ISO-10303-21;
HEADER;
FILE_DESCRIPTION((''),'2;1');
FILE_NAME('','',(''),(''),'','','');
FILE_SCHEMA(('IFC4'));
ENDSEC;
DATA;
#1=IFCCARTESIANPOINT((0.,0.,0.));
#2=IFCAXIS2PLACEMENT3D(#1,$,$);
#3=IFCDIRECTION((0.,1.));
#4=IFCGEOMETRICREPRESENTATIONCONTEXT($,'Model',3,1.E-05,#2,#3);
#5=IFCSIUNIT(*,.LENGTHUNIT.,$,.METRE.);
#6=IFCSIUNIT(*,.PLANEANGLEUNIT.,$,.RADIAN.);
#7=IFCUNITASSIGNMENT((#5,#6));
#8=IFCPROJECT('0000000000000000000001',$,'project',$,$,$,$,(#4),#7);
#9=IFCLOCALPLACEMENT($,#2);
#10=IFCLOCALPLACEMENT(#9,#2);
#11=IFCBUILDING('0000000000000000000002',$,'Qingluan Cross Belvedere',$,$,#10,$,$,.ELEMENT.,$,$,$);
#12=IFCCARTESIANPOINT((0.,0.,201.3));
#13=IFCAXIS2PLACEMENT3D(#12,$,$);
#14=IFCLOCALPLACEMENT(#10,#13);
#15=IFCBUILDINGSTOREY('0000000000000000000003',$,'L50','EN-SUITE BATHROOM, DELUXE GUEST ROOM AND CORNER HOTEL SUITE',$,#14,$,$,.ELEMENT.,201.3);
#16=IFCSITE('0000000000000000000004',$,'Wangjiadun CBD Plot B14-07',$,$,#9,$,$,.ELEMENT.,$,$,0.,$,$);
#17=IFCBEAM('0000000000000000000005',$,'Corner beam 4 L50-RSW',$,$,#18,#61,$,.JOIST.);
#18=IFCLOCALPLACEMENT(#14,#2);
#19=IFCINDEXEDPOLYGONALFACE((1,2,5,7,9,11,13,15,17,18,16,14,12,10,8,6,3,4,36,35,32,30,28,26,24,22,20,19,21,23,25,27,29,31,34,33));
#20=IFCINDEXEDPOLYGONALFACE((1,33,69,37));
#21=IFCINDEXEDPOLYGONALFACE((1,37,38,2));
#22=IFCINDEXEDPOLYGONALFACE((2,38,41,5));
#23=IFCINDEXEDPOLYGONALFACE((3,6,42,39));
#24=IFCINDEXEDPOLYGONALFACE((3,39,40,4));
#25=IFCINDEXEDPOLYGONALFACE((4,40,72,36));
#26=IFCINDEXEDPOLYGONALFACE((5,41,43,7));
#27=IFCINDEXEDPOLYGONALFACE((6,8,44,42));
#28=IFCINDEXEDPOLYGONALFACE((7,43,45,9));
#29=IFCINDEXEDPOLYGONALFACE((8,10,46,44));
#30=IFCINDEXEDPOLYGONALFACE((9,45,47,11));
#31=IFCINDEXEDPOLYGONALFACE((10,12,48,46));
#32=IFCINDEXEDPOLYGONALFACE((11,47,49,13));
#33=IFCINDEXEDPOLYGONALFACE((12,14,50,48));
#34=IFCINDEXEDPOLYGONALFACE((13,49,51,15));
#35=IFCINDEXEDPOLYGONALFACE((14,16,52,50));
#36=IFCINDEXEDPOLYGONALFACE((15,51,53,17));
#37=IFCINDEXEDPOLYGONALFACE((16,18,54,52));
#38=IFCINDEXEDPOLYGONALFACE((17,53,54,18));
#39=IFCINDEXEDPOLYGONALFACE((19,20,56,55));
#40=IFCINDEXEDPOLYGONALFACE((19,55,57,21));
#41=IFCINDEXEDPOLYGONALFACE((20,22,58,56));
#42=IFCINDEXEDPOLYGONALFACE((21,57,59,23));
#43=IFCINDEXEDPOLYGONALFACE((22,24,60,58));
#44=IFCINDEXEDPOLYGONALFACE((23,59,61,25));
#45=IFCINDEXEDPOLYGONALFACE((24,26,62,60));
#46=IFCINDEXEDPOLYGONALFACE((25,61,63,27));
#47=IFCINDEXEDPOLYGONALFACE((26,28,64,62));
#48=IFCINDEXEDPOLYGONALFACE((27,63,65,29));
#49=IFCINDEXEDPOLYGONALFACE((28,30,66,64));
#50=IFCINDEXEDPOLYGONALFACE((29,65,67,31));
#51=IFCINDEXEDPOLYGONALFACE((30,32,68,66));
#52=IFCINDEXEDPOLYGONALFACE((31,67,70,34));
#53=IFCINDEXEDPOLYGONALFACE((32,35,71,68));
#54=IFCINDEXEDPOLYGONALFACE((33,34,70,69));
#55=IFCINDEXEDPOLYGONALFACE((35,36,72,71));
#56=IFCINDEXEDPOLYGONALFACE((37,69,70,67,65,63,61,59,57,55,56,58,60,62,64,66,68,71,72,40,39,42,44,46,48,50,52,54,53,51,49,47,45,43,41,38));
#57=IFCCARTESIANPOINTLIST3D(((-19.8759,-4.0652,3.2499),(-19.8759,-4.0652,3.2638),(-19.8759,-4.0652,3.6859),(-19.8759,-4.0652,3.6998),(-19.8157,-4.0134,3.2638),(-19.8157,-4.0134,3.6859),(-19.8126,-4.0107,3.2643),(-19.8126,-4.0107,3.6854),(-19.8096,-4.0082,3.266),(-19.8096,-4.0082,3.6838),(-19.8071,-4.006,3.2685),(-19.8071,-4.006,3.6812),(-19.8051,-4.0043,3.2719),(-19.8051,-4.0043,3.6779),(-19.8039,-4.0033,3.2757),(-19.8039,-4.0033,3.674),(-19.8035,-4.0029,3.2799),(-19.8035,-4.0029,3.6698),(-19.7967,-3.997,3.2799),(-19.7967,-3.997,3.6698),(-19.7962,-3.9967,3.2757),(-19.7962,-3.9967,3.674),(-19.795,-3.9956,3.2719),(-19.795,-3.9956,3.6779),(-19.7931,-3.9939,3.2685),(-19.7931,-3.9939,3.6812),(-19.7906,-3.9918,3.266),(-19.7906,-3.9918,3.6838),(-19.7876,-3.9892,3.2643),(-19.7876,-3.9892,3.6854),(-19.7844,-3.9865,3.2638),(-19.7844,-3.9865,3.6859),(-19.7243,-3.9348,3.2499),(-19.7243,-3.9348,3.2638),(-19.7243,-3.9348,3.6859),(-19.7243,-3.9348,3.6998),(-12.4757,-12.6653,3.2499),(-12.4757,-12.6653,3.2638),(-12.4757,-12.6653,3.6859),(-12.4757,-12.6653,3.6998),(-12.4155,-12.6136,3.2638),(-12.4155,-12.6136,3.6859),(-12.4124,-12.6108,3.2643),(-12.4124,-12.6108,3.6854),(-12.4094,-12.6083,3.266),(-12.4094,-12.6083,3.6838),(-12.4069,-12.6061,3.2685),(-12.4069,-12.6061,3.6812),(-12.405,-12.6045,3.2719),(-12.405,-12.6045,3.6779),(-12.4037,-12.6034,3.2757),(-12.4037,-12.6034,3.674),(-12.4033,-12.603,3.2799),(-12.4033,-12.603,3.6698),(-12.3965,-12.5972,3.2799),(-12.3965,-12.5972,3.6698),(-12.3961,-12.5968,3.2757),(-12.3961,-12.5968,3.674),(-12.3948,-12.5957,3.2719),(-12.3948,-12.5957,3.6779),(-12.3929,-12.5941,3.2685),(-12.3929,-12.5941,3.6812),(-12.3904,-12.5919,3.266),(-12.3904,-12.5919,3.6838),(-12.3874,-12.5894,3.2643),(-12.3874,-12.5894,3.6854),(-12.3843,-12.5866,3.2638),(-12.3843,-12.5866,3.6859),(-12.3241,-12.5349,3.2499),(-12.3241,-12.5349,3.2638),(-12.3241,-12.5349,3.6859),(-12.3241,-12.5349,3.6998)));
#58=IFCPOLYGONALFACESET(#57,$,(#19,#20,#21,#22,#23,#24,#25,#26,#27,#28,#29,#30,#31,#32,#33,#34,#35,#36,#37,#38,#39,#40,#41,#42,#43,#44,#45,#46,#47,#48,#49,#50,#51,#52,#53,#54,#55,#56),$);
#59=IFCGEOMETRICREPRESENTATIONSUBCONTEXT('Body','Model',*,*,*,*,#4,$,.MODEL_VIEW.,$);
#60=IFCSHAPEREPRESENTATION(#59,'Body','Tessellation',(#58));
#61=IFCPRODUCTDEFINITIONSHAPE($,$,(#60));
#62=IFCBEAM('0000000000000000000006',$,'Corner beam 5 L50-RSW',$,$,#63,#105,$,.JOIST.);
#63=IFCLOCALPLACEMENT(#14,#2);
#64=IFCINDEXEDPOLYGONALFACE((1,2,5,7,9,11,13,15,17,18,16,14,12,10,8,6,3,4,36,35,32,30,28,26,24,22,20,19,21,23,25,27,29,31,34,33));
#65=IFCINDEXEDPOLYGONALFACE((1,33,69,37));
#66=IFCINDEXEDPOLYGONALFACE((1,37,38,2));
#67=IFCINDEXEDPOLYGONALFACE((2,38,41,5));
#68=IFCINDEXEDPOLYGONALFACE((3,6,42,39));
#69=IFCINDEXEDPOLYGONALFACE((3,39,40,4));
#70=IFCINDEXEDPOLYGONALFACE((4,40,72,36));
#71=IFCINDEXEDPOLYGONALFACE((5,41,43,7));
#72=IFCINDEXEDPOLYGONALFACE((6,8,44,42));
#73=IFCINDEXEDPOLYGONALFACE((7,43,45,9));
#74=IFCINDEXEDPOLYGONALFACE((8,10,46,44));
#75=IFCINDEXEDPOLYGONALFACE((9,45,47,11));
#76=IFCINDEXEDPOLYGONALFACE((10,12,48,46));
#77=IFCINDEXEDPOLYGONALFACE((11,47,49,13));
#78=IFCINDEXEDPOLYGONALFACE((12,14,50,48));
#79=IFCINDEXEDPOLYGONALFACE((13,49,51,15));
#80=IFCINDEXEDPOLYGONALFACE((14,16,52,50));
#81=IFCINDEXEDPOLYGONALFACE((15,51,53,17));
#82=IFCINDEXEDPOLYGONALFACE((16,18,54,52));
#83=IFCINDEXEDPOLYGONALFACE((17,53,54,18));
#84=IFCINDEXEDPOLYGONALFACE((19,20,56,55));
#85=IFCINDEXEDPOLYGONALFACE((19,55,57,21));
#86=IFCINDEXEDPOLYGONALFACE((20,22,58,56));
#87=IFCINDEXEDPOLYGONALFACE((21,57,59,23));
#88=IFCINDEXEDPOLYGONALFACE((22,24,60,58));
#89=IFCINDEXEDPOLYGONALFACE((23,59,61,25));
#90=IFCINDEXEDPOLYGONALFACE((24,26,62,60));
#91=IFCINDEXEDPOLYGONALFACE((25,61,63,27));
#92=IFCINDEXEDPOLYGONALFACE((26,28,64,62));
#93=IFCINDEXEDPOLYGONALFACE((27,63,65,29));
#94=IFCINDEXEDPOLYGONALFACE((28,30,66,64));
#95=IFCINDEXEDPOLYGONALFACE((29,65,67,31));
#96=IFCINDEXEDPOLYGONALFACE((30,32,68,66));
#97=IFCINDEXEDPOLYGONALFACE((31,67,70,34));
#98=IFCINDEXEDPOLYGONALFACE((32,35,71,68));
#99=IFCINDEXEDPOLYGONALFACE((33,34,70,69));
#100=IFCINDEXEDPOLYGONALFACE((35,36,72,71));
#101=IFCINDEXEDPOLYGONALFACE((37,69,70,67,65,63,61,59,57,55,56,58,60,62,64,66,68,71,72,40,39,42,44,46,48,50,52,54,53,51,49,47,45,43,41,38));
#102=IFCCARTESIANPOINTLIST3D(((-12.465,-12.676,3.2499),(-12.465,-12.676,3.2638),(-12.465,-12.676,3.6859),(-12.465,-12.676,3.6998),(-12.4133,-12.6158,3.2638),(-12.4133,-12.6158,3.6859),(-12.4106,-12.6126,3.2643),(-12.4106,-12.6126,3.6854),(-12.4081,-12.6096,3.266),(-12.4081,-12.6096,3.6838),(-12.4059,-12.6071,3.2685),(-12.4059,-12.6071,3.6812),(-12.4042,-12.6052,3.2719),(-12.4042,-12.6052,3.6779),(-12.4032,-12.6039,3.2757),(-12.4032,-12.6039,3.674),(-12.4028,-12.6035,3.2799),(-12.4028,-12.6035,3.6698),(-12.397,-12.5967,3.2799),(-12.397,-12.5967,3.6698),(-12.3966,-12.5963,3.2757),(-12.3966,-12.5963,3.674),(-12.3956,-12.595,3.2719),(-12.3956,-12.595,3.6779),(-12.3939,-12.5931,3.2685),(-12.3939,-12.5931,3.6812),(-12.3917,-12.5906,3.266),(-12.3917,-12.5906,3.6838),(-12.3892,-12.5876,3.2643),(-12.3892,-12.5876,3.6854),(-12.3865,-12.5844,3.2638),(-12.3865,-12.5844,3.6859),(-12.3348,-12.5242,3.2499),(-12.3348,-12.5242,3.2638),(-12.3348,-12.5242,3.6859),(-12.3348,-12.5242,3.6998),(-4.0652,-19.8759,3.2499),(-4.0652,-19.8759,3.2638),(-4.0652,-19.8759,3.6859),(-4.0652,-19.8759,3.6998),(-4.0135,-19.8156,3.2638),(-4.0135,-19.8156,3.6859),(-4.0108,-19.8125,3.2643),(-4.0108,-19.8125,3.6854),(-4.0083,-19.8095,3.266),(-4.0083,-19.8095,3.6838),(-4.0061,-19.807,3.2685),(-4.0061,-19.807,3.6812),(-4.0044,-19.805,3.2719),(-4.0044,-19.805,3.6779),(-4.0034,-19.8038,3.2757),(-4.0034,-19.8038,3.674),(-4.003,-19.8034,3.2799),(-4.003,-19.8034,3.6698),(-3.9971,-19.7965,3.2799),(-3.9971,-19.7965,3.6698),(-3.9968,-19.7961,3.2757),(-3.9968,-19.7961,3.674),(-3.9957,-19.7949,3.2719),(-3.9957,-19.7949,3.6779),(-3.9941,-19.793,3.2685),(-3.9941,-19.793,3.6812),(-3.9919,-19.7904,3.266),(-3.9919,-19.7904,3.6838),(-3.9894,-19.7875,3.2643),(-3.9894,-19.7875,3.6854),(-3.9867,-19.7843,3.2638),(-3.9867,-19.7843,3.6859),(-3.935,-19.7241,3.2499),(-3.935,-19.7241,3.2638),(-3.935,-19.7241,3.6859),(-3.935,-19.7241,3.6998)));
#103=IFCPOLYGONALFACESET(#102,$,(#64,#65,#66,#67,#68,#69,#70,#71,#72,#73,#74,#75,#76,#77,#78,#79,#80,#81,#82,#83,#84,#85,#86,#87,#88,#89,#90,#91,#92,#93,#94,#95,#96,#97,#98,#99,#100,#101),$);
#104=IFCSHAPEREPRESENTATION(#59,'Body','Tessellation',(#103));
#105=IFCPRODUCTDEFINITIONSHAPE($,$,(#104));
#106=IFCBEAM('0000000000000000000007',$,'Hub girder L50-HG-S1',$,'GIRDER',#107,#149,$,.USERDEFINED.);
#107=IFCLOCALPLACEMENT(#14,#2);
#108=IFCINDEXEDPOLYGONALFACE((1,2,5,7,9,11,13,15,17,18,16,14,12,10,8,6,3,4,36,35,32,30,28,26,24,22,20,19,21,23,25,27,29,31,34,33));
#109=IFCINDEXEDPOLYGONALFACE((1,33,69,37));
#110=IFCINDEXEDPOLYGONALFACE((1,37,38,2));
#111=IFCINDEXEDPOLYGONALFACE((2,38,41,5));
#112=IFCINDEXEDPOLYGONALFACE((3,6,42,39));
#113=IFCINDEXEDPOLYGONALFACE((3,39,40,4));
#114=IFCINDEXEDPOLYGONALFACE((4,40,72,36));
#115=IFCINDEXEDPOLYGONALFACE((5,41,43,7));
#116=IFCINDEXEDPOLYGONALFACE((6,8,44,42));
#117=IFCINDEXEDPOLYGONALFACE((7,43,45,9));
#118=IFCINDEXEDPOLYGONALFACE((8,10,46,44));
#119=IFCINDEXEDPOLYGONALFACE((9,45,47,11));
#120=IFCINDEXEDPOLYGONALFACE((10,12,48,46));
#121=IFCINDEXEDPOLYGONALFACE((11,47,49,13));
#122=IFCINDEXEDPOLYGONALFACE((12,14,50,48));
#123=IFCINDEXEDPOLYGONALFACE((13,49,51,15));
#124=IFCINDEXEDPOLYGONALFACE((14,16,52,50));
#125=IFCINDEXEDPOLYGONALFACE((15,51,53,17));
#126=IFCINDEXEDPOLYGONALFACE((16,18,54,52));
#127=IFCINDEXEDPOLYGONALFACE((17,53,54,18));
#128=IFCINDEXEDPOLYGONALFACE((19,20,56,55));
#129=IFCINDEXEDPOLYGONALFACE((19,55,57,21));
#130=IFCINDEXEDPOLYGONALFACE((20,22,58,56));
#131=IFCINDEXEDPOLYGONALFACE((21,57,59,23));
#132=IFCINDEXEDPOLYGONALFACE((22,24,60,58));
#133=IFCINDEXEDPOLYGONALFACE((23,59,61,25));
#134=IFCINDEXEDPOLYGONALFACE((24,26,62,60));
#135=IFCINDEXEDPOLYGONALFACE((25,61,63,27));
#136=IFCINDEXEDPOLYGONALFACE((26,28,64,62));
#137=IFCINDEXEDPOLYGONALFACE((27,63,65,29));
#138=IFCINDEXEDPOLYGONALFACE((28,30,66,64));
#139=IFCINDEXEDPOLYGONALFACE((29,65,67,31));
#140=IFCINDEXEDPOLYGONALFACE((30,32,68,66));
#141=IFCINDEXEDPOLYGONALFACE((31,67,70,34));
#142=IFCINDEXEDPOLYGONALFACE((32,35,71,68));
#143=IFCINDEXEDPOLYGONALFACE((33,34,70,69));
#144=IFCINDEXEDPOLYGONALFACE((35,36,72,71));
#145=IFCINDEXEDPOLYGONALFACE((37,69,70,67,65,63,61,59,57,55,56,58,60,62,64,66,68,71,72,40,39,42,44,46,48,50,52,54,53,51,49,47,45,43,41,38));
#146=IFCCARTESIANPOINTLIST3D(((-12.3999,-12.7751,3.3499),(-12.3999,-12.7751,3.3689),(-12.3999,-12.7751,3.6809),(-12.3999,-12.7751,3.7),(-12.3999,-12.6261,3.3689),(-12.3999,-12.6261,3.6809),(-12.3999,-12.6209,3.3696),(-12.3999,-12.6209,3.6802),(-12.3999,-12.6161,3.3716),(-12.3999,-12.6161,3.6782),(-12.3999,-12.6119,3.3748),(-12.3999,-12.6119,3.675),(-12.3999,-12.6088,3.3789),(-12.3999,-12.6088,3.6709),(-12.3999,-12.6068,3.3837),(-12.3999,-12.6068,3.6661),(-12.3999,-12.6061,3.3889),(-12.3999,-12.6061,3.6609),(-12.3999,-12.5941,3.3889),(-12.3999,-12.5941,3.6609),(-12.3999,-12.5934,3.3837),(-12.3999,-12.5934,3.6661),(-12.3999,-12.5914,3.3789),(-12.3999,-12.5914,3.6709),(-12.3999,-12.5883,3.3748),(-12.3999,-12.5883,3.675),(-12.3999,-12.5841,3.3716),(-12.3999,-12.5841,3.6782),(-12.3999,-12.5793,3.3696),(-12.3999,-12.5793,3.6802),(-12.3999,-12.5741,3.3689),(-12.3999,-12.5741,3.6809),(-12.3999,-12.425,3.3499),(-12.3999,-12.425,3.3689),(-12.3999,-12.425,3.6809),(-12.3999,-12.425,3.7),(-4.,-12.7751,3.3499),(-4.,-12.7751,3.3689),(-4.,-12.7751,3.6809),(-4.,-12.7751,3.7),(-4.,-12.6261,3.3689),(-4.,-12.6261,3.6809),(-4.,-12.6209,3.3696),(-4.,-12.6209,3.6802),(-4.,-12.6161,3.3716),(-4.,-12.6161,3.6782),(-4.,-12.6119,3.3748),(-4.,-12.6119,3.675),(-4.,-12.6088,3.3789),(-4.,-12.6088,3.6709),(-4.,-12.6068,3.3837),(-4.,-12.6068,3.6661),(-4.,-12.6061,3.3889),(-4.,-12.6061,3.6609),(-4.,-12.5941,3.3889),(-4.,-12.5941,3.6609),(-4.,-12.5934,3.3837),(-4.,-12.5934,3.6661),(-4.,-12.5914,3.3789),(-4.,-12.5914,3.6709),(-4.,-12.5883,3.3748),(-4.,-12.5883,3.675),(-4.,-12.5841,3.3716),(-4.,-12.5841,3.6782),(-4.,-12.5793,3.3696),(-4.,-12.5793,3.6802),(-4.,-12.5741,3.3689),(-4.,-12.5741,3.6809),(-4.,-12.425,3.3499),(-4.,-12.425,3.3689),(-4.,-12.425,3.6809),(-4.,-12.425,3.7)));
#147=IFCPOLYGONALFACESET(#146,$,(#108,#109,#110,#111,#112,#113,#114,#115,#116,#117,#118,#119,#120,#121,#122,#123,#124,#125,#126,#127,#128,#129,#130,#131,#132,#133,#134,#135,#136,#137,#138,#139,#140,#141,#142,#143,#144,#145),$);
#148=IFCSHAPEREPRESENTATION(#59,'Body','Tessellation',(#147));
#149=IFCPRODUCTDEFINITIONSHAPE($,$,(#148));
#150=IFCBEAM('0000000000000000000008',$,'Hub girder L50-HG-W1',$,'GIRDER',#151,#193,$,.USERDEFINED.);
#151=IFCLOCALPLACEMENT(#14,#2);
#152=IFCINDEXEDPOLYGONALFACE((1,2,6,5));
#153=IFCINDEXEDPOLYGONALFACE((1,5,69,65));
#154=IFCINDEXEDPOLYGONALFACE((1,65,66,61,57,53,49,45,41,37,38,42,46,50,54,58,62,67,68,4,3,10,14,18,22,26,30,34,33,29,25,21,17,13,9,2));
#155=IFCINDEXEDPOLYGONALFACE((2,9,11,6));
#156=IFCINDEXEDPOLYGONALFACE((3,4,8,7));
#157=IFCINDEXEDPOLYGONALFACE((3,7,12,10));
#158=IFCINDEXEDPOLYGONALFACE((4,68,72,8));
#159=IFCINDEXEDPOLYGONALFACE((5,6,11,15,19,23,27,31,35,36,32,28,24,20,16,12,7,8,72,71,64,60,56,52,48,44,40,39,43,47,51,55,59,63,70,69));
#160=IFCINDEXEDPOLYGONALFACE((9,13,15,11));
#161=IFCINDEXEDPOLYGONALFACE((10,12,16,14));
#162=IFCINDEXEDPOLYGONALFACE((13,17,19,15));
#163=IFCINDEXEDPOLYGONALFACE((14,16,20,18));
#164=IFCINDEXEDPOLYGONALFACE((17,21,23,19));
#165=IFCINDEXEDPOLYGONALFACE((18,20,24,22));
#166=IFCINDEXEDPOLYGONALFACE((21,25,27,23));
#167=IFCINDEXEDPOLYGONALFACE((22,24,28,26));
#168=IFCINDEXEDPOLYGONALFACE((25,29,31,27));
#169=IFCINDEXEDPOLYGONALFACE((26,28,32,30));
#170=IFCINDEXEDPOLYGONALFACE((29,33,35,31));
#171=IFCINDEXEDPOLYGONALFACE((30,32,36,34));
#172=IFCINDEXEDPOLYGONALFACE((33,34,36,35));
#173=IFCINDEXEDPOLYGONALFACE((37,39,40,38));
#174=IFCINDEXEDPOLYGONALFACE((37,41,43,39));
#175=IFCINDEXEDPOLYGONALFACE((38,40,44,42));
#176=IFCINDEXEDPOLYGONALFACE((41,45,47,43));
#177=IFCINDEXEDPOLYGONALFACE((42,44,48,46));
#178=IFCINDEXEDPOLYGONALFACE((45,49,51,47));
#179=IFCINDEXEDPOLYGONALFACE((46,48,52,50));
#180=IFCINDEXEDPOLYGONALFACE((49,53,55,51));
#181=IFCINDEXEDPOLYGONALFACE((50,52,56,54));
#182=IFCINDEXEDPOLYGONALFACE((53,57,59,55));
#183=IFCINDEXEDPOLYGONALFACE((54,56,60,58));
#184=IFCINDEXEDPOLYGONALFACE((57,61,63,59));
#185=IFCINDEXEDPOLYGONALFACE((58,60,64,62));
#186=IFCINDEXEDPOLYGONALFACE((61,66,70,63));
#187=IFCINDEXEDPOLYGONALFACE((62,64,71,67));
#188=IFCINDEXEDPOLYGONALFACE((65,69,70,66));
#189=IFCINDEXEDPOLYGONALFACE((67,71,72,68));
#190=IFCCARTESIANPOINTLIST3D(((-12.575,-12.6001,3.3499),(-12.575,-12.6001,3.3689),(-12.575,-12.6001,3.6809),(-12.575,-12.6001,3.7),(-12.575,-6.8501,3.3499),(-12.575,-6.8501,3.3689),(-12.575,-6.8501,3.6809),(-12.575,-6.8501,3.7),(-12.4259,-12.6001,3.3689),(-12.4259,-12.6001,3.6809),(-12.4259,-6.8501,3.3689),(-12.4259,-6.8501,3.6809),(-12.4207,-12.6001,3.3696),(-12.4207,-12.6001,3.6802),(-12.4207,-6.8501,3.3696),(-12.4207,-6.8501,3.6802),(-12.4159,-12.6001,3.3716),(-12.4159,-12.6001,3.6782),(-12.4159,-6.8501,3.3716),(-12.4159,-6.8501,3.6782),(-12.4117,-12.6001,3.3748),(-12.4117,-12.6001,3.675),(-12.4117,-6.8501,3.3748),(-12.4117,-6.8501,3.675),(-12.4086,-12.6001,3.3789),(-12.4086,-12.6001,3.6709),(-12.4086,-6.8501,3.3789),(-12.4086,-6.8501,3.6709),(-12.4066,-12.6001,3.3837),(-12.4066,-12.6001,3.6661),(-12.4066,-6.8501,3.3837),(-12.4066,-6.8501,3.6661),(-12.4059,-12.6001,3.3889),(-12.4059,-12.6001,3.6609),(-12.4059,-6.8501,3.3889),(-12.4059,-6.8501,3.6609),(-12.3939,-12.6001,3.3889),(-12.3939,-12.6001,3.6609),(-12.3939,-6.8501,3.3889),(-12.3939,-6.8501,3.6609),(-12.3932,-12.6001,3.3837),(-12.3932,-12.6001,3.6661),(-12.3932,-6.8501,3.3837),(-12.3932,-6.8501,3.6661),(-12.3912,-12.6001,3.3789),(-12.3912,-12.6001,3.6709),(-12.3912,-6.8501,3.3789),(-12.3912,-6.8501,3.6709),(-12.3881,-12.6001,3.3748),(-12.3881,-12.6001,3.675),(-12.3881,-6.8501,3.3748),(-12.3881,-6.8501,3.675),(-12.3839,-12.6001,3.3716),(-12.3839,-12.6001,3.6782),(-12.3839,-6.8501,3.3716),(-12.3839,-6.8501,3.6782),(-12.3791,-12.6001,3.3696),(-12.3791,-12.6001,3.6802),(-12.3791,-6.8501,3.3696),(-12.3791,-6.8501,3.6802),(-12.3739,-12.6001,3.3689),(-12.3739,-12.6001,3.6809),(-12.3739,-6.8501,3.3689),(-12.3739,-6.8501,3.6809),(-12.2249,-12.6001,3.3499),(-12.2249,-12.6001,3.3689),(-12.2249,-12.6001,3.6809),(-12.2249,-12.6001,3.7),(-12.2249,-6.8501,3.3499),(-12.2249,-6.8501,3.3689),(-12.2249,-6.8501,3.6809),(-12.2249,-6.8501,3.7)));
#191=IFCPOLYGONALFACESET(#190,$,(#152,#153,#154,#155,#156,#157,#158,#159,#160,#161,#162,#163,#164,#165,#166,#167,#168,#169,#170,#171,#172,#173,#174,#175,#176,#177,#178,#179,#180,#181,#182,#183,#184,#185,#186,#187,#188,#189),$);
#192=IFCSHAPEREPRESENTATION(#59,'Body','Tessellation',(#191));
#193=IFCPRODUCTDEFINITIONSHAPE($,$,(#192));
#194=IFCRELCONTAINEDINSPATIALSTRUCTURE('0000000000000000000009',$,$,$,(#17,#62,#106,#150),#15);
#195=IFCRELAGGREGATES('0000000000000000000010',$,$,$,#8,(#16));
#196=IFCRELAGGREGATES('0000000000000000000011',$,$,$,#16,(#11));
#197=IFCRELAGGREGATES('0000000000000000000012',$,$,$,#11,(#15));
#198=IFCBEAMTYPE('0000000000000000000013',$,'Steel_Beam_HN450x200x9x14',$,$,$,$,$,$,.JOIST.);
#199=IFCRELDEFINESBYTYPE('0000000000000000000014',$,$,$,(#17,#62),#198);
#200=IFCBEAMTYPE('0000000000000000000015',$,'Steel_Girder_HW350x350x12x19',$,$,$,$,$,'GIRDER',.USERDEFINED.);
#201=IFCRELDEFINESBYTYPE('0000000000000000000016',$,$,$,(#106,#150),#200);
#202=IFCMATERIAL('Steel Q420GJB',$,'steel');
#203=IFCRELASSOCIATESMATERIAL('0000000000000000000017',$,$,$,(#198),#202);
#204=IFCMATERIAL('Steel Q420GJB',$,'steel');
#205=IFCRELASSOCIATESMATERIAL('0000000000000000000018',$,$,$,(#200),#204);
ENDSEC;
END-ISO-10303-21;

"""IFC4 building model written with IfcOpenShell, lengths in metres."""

from ifc_helpers import new_model, si_unit, direction, frame, origin, origin_2d, place, context, subcontext, project, spatial, i_section, extrude, material, material_profile, profile_set, type_object, element, save


model = new_model("IFC4")

# Units and contexts
model_context = context("Model", 3, precision=1e-05, world=origin(), true_north=direction((0.0, 1.0)))
body_context = subcontext(model_context, "Body", "Model", "MODEL_VIEW")
ifc_project = project(units=[si_unit("LENGTHUNIT", "METRE"), si_unit("PLANEANGLEUNIT", "RADIAN")], contexts=[model_context])

# Site, building, storey
site_placement = place(None, origin())
site = spatial("IfcSite", under=ifc_project, at=site_placement, Name="Wangjiadun CBD Plot B14-07", CompositionType="ELEMENT", RefElevation=0.0)
building_placement = place(site_placement, origin())
building = spatial("IfcBuilding", under=site, at=building_placement, Name="Qingluan Cross Belvedere", CompositionType="ELEMENT")
storey_placement = place(building_placement, frame((0.0, 0.0, 201.3)))
storey = spatial("IfcBuildingStorey", under=building, at=storey_placement, Name="L50", Description="EN-SUITE BATHROOM, DELUXE GUEST ROOM AND CORNER HOTEL SUITE", CompositionType="ELEMENT", Elevation=201.3)

# Beams
ifc_material_1 = material(Name="Steel Q420GJB", Category="steel")
ifc_material_profile_1 = material_profile(ifc_material_1, i_section(OverallWidth=0.2, OverallDepth=0.45, WebThickness=0.009, FlangeThickness=0.0139, FilletRadius=0.0161, at=origin_2d()), Name="HN450x200x9x14")
ifc_profile_set_1 = profile_set([ifc_material_profile_1], Name="Steel Q420GJB")
beam_type_1 = type_object("IfcBeamType", Name="Steel_Beam_HN450x200x9x14", PredefinedType="JOIST", material=ifc_profile_set_1)
beam_1_placement = place(storey_placement, frame((-12.3999, -12.6001, 3.4749), z_axis=(-0.652245, 0.758008, 0.0), x_axis=(-0.758008, -0.652245, 0.0)))
element("IfcBeam", 1, at=beam_1_placement, inside=storey, type_object=beam_type_1, Name="Corner beam 4 L50-RSW", PredefinedType="JOIST", context=body_context, shape_type="SweptSolid", body=[
    extrude(i_section(OverallWidth=0.2, OverallDepth=0.45, WebThickness=0.009, FlangeThickness=0.0139, FilletRadius=0.0161, at=origin_2d()), origin(), (0.0, 0.0, 1.0), 11.3457),
])
beam_2_placement = place(storey_placement, frame((-12.3999, -12.6001, 3.4749), z_axis=(0.759255, -0.650793, 0.0), x_axis=(0.650793, 0.759255, 0.0)))
element("IfcBeam", 2, at=beam_2_placement, inside=storey, type_object=beam_type_1, Name="Corner beam 5 L50-RSW", PredefinedType="JOIST", context=body_context, shape_type="SweptSolid", body=[
    extrude(i_section(OverallWidth=0.2, OverallDepth=0.45, WebThickness=0.009, FlangeThickness=0.0139, FilletRadius=0.0161, at=origin_2d()), origin(), (0.0, 0.0, 1.0), 11.0632),
])
ifc_material_2 = material(Name="Steel Q420GJB", Category="steel")
ifc_material_profile_2 = material_profile(ifc_material_2, i_section(OverallWidth=0.3501, OverallDepth=0.3501, WebThickness=0.012, FlangeThickness=0.019, FilletRadius=0.02, at=origin_2d()), Name="HW350x350x12x19")
ifc_profile_set_2 = profile_set([ifc_material_profile_2], Name="Steel Q420GJB")
beam_type_2 = type_object("IfcBeamType", Name="Steel_Girder_HW350x350x12x19", ElementType="GIRDER", PredefinedType="USERDEFINED", material=ifc_profile_set_2)
beam_3_placement = place(storey_placement, frame((-12.3999, -12.6001, 3.5249), z_axis=(1.0, 0.0, 0.0), x_axis=(0.0, 1.0, 0.0)))
element("IfcBeam", 3, at=beam_3_placement, inside=storey, type_object=beam_type_2, Name="Hub girder L50-HG-S1", ObjectType="GIRDER", PredefinedType="USERDEFINED", context=body_context, shape_type="SweptSolid", body=[
    extrude(i_section(OverallWidth=0.3501, OverallDepth=0.3501, WebThickness=0.012, FlangeThickness=0.019, FilletRadius=0.02, at=origin_2d()), origin(), (0.0, 0.0, 1.0), 8.3999),
])
beam_4_placement = place(storey_placement, frame((-12.3999, -12.6001, 3.5249), z_axis=(0.0, 1.0, 0.0), x_axis=(-1.0, 0.0, 0.0)))
element("IfcBeam", 4, at=beam_4_placement, inside=storey, type_object=beam_type_2, Name="Hub girder L50-HG-W1", ObjectType="GIRDER", PredefinedType="USERDEFINED", context=body_context, shape_type="SweptSolid", body=[
    extrude(i_section(OverallWidth=0.3501, OverallDepth=0.3501, WebThickness=0.012, FlangeThickness=0.019, FilletRadius=0.02, at=origin_2d()), origin(), (0.0, 0.0, 1.0), 5.75),
])

save(model, "model.ifc")
